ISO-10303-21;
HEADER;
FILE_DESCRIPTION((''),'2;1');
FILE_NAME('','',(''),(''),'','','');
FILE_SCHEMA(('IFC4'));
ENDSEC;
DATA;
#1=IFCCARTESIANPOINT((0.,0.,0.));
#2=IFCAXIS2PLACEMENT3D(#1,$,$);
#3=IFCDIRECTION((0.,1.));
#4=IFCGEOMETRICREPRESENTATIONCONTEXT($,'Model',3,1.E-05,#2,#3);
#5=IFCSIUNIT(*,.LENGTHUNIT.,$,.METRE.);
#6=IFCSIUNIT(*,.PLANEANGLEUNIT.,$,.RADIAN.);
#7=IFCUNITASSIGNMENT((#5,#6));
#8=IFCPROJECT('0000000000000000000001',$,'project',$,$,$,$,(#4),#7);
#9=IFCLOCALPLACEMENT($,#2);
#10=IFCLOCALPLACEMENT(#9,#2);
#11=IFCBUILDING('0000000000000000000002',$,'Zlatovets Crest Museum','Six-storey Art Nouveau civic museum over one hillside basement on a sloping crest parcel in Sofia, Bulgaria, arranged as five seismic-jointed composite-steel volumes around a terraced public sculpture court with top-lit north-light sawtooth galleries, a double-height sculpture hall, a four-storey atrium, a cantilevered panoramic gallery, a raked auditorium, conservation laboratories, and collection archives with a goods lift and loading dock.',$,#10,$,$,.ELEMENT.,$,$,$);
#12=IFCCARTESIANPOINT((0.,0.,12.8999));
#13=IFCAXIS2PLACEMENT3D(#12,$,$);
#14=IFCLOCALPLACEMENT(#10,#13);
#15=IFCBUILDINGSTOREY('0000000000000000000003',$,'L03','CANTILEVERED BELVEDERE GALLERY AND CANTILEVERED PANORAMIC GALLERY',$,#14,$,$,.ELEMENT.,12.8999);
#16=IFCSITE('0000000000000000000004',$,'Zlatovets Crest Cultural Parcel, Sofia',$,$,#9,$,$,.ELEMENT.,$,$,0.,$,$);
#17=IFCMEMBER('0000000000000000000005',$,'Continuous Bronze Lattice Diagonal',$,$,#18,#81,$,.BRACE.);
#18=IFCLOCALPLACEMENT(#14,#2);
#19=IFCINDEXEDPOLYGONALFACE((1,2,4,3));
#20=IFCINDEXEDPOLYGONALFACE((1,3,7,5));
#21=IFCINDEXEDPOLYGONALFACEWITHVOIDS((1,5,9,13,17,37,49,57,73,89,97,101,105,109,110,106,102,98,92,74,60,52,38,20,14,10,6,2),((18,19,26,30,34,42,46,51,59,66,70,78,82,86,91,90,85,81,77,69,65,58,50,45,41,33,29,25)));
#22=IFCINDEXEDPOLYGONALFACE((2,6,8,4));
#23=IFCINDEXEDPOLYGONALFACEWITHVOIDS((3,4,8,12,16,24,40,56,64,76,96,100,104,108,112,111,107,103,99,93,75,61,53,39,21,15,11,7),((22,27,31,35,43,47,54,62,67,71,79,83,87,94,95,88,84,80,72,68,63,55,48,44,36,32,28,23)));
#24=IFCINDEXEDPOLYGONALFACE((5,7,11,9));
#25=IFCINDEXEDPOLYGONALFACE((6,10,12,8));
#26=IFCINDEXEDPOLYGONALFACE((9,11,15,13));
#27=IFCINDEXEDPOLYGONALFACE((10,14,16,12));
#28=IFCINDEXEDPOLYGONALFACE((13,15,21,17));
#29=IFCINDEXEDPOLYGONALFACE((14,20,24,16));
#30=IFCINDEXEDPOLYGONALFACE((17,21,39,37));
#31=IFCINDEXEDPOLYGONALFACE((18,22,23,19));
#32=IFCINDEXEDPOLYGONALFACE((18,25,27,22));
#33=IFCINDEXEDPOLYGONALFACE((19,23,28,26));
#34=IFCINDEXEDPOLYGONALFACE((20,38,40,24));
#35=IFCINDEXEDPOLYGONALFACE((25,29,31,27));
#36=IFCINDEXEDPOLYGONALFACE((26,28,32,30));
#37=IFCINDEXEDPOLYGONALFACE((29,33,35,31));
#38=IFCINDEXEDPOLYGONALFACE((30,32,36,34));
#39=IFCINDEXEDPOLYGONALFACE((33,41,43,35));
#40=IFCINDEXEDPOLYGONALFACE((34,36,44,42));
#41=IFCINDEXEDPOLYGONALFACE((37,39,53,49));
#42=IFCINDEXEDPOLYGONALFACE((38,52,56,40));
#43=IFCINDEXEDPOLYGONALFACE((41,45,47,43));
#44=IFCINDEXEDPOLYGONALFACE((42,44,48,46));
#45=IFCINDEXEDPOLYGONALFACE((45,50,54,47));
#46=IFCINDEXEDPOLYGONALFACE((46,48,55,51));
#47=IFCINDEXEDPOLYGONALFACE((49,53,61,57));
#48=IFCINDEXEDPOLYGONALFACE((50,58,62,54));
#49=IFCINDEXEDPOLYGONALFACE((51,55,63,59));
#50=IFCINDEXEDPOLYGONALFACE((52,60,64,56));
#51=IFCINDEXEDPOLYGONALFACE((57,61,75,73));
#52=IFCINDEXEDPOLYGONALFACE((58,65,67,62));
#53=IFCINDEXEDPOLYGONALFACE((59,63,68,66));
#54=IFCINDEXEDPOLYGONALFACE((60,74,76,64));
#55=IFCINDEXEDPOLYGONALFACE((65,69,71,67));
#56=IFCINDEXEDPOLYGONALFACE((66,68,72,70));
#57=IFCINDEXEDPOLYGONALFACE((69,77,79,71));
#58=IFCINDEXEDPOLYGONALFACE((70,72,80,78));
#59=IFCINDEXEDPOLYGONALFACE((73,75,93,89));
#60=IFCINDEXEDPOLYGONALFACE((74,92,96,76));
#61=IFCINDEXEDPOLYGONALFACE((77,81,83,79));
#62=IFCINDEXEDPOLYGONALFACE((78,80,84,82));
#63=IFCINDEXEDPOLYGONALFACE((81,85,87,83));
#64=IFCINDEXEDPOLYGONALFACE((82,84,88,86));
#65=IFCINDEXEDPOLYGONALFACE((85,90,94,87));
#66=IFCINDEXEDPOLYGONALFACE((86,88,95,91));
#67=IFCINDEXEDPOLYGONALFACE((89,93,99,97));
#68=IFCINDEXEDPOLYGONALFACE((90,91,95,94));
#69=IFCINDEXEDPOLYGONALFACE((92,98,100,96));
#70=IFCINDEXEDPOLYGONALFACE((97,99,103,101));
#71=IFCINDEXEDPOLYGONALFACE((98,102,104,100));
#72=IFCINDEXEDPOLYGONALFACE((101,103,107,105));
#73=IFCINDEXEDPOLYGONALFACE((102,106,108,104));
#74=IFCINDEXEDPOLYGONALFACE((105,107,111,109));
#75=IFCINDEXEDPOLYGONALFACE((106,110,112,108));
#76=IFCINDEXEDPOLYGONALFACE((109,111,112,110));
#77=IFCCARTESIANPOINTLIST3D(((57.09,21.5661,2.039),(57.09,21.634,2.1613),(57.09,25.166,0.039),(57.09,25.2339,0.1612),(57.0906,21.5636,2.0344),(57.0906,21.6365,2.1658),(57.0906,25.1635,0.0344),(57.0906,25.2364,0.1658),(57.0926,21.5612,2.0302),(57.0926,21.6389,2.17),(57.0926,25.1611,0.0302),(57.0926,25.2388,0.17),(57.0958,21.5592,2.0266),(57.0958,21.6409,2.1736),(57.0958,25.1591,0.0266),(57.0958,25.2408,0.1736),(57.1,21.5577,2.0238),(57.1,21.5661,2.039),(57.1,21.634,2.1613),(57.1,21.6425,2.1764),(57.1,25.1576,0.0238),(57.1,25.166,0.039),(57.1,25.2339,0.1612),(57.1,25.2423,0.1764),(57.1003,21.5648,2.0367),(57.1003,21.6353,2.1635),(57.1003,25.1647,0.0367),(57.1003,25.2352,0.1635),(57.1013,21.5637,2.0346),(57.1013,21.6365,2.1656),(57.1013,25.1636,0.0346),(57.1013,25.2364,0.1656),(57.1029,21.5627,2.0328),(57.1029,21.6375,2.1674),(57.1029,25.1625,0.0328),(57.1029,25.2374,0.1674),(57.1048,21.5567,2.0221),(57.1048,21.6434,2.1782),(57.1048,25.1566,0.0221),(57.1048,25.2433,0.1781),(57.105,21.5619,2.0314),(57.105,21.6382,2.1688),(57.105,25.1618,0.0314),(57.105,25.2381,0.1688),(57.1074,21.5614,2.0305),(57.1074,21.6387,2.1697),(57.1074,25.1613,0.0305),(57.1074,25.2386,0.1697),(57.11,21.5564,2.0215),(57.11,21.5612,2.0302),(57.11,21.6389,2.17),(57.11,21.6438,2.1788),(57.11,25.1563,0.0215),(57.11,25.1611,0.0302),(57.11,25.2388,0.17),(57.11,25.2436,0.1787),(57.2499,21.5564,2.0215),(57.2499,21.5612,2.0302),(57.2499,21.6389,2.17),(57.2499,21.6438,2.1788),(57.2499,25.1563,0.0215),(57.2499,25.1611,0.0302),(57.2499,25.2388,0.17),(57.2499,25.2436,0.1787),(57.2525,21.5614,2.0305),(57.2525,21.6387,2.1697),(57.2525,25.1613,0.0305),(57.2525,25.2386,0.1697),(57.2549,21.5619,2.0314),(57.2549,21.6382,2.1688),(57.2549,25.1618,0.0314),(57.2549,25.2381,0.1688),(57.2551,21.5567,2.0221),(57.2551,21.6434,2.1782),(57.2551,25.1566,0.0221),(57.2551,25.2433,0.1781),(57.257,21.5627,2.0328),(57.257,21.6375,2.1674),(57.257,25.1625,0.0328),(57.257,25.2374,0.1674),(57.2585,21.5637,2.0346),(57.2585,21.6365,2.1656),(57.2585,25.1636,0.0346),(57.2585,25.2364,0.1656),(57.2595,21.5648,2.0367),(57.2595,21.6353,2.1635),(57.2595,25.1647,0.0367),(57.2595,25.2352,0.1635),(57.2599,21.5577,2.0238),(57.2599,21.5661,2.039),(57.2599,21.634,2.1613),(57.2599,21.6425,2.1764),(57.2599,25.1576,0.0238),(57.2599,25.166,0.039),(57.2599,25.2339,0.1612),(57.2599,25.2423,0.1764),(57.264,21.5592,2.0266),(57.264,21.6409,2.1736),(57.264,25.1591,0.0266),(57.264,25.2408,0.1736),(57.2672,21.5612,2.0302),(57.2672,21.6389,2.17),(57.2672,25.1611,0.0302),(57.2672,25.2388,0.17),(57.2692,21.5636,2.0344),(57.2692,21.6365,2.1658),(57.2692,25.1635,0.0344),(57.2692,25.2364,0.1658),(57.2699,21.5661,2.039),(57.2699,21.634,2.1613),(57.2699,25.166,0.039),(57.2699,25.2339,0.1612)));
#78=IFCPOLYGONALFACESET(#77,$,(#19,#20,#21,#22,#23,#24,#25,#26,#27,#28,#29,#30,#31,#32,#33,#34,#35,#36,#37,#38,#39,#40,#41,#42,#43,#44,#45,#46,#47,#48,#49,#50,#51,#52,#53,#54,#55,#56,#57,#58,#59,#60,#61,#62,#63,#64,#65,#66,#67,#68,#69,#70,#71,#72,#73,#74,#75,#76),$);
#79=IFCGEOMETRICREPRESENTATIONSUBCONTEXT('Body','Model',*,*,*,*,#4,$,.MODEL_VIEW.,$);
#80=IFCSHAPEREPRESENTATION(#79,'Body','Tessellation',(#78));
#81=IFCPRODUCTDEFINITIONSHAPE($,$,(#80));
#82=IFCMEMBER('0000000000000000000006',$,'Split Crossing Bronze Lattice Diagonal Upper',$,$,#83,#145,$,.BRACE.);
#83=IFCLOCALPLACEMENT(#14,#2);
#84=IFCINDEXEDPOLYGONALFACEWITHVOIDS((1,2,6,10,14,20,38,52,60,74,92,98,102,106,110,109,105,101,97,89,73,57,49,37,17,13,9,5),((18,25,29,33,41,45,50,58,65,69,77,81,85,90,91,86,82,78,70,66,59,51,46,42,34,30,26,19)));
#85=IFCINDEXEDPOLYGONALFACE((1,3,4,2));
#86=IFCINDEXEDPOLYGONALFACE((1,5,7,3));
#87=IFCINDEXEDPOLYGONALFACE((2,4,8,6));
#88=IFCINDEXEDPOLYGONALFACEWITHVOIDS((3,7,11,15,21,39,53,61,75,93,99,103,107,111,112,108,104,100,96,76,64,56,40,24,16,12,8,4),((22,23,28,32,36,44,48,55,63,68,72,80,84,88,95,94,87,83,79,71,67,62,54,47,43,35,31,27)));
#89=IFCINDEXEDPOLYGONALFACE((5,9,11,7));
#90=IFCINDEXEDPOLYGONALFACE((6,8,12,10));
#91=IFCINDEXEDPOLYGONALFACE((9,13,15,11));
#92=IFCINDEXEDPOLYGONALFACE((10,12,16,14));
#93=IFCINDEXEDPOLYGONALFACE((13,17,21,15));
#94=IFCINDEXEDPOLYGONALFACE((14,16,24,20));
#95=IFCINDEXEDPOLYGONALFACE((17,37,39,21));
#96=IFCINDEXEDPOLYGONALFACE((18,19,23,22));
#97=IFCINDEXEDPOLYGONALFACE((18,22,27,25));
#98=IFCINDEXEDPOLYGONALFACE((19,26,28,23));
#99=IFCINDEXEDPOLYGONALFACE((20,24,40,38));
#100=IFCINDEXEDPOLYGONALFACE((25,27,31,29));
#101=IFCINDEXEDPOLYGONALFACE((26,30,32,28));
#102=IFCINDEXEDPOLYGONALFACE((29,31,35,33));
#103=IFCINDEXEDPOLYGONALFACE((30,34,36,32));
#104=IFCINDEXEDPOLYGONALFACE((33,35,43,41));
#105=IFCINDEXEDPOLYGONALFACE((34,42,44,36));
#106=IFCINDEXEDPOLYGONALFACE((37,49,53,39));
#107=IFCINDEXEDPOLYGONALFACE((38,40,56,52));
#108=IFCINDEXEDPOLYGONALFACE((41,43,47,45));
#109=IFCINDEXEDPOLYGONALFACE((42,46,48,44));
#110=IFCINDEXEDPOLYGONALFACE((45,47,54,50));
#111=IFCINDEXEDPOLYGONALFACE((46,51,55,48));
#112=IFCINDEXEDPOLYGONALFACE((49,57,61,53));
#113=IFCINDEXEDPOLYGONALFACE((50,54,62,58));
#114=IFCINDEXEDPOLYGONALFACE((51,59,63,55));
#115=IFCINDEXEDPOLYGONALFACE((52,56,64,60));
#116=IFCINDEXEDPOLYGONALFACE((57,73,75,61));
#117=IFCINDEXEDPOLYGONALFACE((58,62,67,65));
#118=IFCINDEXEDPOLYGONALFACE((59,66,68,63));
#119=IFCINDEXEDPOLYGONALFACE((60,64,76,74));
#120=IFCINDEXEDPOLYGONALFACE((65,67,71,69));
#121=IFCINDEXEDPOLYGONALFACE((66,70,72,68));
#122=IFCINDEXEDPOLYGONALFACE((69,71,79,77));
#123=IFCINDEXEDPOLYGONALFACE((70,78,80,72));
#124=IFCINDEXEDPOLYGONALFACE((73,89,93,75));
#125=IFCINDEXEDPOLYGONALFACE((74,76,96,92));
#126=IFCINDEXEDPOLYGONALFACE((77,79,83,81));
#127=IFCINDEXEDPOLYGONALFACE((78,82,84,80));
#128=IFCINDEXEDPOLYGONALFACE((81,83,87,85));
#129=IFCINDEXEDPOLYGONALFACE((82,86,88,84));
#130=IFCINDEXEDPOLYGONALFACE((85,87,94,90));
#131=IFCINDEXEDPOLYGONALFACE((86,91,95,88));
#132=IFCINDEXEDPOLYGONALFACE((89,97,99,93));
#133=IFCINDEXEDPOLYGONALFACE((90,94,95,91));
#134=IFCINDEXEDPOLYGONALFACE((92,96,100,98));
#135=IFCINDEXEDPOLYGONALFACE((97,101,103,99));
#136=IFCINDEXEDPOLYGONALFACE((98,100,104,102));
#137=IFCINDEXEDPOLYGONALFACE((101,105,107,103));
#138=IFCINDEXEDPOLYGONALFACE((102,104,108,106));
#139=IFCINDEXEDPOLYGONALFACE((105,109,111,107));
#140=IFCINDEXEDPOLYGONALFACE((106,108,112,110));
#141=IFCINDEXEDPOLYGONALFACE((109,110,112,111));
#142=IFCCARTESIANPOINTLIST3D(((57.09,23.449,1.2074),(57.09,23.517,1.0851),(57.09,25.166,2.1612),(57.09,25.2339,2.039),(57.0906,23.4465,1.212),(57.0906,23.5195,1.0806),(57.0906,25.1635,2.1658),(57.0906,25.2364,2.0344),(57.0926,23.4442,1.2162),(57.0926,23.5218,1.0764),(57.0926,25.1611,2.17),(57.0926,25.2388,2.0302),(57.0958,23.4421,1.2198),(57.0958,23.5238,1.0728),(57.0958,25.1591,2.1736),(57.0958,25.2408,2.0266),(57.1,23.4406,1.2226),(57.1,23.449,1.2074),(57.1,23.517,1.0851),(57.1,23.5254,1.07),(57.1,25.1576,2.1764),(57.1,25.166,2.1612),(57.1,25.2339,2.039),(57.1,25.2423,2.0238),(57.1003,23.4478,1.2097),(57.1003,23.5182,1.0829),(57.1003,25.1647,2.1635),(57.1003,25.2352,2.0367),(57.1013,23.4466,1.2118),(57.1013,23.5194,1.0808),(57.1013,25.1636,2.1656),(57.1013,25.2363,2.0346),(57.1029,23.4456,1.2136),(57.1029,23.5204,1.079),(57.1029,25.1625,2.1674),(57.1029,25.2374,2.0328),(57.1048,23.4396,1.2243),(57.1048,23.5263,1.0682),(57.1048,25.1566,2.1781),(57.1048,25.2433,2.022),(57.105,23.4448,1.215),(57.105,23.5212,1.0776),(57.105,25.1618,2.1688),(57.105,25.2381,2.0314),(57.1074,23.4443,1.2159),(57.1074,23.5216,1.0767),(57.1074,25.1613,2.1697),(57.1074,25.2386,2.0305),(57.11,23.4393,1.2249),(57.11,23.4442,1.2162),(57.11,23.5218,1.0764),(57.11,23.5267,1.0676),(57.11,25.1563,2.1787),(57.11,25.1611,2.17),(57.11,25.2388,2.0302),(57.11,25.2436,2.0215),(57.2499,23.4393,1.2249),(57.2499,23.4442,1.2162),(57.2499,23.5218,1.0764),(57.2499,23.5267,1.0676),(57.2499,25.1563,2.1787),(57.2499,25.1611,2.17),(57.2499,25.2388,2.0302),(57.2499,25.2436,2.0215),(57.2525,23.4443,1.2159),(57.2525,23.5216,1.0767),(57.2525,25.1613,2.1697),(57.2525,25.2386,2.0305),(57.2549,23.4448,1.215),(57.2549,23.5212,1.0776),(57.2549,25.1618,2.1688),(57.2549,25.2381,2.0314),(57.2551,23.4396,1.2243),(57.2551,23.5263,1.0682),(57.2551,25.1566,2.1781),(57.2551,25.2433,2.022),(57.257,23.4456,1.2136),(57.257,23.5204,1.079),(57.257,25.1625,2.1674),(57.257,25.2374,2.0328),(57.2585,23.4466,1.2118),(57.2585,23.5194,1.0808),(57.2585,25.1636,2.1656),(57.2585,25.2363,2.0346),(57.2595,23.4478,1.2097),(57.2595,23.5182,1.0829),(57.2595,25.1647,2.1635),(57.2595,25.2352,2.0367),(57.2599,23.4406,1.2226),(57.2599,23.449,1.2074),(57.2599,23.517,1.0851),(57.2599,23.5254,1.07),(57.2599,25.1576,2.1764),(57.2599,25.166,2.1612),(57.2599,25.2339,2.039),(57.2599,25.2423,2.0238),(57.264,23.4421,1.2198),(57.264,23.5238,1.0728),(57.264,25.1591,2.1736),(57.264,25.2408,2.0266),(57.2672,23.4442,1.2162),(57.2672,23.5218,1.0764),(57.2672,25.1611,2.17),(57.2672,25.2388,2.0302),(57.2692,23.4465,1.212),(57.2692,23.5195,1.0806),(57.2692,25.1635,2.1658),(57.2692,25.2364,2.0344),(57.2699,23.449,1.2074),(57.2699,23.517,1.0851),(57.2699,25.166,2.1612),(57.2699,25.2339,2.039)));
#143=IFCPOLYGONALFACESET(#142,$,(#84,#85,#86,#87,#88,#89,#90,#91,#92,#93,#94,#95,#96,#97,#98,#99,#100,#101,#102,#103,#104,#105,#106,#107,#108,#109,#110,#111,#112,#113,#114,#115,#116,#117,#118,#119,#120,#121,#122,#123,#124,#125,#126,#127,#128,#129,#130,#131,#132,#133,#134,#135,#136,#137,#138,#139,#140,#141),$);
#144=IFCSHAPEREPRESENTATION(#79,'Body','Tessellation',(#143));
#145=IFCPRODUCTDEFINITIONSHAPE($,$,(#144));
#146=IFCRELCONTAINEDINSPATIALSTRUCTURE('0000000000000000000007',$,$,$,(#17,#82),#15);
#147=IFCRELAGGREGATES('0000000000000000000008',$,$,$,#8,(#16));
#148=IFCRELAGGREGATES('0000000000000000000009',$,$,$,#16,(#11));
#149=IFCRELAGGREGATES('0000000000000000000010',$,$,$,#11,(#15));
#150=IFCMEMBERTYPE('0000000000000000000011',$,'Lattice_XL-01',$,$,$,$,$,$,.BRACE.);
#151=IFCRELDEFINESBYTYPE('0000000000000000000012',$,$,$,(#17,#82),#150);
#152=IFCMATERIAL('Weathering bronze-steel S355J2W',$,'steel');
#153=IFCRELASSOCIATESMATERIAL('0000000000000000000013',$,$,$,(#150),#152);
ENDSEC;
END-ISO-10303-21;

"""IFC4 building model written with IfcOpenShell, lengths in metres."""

from ifc_helpers import new_model, si_unit, direction, frame, origin, origin_2d, place, context, subcontext, project, spatial, hollow_rectangle, extrude, material, material_profile, profile_set, type_object, element, save


model = new_model("IFC4")

# Units and contexts
model_context = context("Model", 3, precision=1e-05, world=origin(), true_north=direction((0.0, 1.0)))
body_context = subcontext(model_context, "Body", "Model", "MODEL_VIEW")
ifc_project = project(units=[si_unit("LENGTHUNIT", "METRE"), si_unit("PLANEANGLEUNIT", "RADIAN")], contexts=[model_context])

# Site, building, storey
site_placement = place(None, origin())
site = spatial("IfcSite", under=ifc_project, at=site_placement, Name="Zlatovets Crest Cultural Parcel, Sofia", CompositionType="ELEMENT", RefElevation=0.0)
building_placement = place(site_placement, origin())
building = spatial("IfcBuilding", under=site, at=building_placement, Name="Zlatovets Crest Museum", Description="Six-storey Art Nouveau civic museum over one hillside basement on a sloping crest parcel in Sofia, Bulgaria, arranged as five seismic-jointed composite-steel volumes around a terraced public sculpture court with top-lit north-light sawtooth galleries, a double-height sculpture hall, a four-storey atrium, a cantilevered panoramic gallery, a raked auditorium, conservation laboratories, and collection archives with a goods lift and loading dock.", CompositionType="ELEMENT")
storey_placement = place(building_placement, frame((0.0, 0.0, 12.8999)))
storey = spatial("IfcBuildingStorey", under=building, at=storey_placement, Name="L03", Description="CANTILEVERED BELVEDERE GALLERY AND CANTILEVERED PANORAMIC GALLERY", CompositionType="ELEMENT", Elevation=12.8999)

# Members
ifc_material_1 = material(Name="Weathering bronze-steel S355J2W", Category="steel")
ifc_material_profile_1 = material_profile(ifc_material_1, hollow_rectangle(XDim=0.1799, YDim=0.1799, WallThickness=0.01, InnerFilletRadius=0.01, OuterFilletRadius=0.02, at=origin_2d()), Name="SHS 180x180x10.0")
ifc_profile_set_1 = profile_set([ifc_material_profile_1], Name="Weathering bronze-steel S355J2W")
member_type_1 = type_object("IfcMemberType", Name="Lattice_XL-01", PredefinedType="BRACE", material=ifc_profile_set_1)
member_1_placement = place(storey_placement, frame((57.1799, 25.2, 0.1001), z_axis=(0.0, -0.874149, 0.485658), x_axis=(1.0, 0.0, 0.0)))
element("IfcMember", 1, at=member_1_placement, inside=storey, type_object=member_type_1, Name="Continuous Bronze Lattice Diagonal", PredefinedType="BRACE", context=body_context, shape_type="SweptSolid", body=[
    extrude(hollow_rectangle(XDim=0.1799, YDim=0.1799, WallThickness=0.01, InnerFilletRadius=0.01, OuterFilletRadius=0.02, at=origin_2d()), origin(), (0.0, 0.0, 1.0), 4.1182),
])
member_2_placement = place(storey_placement, frame((57.1799, 25.2, 2.1001), z_axis=(0.0, -0.874169, -0.485622), x_axis=(1.0, 0.0, 0.0)))
element("IfcMember", 2, at=member_2_placement, inside=storey, type_object=member_type_1, Name="Split Crossing Bronze Lattice Diagonal Upper", PredefinedType="BRACE", context=body_context, shape_type="SweptSolid", body=[
    extrude(hollow_rectangle(XDim=0.1799, YDim=0.1799, WallThickness=0.01, InnerFilletRadius=0.01, OuterFilletRadius=0.02, at=origin_2d()), origin(), (0.0, 0.0, 1.0), 1.9641),
])

save(model, "model.ifc")
